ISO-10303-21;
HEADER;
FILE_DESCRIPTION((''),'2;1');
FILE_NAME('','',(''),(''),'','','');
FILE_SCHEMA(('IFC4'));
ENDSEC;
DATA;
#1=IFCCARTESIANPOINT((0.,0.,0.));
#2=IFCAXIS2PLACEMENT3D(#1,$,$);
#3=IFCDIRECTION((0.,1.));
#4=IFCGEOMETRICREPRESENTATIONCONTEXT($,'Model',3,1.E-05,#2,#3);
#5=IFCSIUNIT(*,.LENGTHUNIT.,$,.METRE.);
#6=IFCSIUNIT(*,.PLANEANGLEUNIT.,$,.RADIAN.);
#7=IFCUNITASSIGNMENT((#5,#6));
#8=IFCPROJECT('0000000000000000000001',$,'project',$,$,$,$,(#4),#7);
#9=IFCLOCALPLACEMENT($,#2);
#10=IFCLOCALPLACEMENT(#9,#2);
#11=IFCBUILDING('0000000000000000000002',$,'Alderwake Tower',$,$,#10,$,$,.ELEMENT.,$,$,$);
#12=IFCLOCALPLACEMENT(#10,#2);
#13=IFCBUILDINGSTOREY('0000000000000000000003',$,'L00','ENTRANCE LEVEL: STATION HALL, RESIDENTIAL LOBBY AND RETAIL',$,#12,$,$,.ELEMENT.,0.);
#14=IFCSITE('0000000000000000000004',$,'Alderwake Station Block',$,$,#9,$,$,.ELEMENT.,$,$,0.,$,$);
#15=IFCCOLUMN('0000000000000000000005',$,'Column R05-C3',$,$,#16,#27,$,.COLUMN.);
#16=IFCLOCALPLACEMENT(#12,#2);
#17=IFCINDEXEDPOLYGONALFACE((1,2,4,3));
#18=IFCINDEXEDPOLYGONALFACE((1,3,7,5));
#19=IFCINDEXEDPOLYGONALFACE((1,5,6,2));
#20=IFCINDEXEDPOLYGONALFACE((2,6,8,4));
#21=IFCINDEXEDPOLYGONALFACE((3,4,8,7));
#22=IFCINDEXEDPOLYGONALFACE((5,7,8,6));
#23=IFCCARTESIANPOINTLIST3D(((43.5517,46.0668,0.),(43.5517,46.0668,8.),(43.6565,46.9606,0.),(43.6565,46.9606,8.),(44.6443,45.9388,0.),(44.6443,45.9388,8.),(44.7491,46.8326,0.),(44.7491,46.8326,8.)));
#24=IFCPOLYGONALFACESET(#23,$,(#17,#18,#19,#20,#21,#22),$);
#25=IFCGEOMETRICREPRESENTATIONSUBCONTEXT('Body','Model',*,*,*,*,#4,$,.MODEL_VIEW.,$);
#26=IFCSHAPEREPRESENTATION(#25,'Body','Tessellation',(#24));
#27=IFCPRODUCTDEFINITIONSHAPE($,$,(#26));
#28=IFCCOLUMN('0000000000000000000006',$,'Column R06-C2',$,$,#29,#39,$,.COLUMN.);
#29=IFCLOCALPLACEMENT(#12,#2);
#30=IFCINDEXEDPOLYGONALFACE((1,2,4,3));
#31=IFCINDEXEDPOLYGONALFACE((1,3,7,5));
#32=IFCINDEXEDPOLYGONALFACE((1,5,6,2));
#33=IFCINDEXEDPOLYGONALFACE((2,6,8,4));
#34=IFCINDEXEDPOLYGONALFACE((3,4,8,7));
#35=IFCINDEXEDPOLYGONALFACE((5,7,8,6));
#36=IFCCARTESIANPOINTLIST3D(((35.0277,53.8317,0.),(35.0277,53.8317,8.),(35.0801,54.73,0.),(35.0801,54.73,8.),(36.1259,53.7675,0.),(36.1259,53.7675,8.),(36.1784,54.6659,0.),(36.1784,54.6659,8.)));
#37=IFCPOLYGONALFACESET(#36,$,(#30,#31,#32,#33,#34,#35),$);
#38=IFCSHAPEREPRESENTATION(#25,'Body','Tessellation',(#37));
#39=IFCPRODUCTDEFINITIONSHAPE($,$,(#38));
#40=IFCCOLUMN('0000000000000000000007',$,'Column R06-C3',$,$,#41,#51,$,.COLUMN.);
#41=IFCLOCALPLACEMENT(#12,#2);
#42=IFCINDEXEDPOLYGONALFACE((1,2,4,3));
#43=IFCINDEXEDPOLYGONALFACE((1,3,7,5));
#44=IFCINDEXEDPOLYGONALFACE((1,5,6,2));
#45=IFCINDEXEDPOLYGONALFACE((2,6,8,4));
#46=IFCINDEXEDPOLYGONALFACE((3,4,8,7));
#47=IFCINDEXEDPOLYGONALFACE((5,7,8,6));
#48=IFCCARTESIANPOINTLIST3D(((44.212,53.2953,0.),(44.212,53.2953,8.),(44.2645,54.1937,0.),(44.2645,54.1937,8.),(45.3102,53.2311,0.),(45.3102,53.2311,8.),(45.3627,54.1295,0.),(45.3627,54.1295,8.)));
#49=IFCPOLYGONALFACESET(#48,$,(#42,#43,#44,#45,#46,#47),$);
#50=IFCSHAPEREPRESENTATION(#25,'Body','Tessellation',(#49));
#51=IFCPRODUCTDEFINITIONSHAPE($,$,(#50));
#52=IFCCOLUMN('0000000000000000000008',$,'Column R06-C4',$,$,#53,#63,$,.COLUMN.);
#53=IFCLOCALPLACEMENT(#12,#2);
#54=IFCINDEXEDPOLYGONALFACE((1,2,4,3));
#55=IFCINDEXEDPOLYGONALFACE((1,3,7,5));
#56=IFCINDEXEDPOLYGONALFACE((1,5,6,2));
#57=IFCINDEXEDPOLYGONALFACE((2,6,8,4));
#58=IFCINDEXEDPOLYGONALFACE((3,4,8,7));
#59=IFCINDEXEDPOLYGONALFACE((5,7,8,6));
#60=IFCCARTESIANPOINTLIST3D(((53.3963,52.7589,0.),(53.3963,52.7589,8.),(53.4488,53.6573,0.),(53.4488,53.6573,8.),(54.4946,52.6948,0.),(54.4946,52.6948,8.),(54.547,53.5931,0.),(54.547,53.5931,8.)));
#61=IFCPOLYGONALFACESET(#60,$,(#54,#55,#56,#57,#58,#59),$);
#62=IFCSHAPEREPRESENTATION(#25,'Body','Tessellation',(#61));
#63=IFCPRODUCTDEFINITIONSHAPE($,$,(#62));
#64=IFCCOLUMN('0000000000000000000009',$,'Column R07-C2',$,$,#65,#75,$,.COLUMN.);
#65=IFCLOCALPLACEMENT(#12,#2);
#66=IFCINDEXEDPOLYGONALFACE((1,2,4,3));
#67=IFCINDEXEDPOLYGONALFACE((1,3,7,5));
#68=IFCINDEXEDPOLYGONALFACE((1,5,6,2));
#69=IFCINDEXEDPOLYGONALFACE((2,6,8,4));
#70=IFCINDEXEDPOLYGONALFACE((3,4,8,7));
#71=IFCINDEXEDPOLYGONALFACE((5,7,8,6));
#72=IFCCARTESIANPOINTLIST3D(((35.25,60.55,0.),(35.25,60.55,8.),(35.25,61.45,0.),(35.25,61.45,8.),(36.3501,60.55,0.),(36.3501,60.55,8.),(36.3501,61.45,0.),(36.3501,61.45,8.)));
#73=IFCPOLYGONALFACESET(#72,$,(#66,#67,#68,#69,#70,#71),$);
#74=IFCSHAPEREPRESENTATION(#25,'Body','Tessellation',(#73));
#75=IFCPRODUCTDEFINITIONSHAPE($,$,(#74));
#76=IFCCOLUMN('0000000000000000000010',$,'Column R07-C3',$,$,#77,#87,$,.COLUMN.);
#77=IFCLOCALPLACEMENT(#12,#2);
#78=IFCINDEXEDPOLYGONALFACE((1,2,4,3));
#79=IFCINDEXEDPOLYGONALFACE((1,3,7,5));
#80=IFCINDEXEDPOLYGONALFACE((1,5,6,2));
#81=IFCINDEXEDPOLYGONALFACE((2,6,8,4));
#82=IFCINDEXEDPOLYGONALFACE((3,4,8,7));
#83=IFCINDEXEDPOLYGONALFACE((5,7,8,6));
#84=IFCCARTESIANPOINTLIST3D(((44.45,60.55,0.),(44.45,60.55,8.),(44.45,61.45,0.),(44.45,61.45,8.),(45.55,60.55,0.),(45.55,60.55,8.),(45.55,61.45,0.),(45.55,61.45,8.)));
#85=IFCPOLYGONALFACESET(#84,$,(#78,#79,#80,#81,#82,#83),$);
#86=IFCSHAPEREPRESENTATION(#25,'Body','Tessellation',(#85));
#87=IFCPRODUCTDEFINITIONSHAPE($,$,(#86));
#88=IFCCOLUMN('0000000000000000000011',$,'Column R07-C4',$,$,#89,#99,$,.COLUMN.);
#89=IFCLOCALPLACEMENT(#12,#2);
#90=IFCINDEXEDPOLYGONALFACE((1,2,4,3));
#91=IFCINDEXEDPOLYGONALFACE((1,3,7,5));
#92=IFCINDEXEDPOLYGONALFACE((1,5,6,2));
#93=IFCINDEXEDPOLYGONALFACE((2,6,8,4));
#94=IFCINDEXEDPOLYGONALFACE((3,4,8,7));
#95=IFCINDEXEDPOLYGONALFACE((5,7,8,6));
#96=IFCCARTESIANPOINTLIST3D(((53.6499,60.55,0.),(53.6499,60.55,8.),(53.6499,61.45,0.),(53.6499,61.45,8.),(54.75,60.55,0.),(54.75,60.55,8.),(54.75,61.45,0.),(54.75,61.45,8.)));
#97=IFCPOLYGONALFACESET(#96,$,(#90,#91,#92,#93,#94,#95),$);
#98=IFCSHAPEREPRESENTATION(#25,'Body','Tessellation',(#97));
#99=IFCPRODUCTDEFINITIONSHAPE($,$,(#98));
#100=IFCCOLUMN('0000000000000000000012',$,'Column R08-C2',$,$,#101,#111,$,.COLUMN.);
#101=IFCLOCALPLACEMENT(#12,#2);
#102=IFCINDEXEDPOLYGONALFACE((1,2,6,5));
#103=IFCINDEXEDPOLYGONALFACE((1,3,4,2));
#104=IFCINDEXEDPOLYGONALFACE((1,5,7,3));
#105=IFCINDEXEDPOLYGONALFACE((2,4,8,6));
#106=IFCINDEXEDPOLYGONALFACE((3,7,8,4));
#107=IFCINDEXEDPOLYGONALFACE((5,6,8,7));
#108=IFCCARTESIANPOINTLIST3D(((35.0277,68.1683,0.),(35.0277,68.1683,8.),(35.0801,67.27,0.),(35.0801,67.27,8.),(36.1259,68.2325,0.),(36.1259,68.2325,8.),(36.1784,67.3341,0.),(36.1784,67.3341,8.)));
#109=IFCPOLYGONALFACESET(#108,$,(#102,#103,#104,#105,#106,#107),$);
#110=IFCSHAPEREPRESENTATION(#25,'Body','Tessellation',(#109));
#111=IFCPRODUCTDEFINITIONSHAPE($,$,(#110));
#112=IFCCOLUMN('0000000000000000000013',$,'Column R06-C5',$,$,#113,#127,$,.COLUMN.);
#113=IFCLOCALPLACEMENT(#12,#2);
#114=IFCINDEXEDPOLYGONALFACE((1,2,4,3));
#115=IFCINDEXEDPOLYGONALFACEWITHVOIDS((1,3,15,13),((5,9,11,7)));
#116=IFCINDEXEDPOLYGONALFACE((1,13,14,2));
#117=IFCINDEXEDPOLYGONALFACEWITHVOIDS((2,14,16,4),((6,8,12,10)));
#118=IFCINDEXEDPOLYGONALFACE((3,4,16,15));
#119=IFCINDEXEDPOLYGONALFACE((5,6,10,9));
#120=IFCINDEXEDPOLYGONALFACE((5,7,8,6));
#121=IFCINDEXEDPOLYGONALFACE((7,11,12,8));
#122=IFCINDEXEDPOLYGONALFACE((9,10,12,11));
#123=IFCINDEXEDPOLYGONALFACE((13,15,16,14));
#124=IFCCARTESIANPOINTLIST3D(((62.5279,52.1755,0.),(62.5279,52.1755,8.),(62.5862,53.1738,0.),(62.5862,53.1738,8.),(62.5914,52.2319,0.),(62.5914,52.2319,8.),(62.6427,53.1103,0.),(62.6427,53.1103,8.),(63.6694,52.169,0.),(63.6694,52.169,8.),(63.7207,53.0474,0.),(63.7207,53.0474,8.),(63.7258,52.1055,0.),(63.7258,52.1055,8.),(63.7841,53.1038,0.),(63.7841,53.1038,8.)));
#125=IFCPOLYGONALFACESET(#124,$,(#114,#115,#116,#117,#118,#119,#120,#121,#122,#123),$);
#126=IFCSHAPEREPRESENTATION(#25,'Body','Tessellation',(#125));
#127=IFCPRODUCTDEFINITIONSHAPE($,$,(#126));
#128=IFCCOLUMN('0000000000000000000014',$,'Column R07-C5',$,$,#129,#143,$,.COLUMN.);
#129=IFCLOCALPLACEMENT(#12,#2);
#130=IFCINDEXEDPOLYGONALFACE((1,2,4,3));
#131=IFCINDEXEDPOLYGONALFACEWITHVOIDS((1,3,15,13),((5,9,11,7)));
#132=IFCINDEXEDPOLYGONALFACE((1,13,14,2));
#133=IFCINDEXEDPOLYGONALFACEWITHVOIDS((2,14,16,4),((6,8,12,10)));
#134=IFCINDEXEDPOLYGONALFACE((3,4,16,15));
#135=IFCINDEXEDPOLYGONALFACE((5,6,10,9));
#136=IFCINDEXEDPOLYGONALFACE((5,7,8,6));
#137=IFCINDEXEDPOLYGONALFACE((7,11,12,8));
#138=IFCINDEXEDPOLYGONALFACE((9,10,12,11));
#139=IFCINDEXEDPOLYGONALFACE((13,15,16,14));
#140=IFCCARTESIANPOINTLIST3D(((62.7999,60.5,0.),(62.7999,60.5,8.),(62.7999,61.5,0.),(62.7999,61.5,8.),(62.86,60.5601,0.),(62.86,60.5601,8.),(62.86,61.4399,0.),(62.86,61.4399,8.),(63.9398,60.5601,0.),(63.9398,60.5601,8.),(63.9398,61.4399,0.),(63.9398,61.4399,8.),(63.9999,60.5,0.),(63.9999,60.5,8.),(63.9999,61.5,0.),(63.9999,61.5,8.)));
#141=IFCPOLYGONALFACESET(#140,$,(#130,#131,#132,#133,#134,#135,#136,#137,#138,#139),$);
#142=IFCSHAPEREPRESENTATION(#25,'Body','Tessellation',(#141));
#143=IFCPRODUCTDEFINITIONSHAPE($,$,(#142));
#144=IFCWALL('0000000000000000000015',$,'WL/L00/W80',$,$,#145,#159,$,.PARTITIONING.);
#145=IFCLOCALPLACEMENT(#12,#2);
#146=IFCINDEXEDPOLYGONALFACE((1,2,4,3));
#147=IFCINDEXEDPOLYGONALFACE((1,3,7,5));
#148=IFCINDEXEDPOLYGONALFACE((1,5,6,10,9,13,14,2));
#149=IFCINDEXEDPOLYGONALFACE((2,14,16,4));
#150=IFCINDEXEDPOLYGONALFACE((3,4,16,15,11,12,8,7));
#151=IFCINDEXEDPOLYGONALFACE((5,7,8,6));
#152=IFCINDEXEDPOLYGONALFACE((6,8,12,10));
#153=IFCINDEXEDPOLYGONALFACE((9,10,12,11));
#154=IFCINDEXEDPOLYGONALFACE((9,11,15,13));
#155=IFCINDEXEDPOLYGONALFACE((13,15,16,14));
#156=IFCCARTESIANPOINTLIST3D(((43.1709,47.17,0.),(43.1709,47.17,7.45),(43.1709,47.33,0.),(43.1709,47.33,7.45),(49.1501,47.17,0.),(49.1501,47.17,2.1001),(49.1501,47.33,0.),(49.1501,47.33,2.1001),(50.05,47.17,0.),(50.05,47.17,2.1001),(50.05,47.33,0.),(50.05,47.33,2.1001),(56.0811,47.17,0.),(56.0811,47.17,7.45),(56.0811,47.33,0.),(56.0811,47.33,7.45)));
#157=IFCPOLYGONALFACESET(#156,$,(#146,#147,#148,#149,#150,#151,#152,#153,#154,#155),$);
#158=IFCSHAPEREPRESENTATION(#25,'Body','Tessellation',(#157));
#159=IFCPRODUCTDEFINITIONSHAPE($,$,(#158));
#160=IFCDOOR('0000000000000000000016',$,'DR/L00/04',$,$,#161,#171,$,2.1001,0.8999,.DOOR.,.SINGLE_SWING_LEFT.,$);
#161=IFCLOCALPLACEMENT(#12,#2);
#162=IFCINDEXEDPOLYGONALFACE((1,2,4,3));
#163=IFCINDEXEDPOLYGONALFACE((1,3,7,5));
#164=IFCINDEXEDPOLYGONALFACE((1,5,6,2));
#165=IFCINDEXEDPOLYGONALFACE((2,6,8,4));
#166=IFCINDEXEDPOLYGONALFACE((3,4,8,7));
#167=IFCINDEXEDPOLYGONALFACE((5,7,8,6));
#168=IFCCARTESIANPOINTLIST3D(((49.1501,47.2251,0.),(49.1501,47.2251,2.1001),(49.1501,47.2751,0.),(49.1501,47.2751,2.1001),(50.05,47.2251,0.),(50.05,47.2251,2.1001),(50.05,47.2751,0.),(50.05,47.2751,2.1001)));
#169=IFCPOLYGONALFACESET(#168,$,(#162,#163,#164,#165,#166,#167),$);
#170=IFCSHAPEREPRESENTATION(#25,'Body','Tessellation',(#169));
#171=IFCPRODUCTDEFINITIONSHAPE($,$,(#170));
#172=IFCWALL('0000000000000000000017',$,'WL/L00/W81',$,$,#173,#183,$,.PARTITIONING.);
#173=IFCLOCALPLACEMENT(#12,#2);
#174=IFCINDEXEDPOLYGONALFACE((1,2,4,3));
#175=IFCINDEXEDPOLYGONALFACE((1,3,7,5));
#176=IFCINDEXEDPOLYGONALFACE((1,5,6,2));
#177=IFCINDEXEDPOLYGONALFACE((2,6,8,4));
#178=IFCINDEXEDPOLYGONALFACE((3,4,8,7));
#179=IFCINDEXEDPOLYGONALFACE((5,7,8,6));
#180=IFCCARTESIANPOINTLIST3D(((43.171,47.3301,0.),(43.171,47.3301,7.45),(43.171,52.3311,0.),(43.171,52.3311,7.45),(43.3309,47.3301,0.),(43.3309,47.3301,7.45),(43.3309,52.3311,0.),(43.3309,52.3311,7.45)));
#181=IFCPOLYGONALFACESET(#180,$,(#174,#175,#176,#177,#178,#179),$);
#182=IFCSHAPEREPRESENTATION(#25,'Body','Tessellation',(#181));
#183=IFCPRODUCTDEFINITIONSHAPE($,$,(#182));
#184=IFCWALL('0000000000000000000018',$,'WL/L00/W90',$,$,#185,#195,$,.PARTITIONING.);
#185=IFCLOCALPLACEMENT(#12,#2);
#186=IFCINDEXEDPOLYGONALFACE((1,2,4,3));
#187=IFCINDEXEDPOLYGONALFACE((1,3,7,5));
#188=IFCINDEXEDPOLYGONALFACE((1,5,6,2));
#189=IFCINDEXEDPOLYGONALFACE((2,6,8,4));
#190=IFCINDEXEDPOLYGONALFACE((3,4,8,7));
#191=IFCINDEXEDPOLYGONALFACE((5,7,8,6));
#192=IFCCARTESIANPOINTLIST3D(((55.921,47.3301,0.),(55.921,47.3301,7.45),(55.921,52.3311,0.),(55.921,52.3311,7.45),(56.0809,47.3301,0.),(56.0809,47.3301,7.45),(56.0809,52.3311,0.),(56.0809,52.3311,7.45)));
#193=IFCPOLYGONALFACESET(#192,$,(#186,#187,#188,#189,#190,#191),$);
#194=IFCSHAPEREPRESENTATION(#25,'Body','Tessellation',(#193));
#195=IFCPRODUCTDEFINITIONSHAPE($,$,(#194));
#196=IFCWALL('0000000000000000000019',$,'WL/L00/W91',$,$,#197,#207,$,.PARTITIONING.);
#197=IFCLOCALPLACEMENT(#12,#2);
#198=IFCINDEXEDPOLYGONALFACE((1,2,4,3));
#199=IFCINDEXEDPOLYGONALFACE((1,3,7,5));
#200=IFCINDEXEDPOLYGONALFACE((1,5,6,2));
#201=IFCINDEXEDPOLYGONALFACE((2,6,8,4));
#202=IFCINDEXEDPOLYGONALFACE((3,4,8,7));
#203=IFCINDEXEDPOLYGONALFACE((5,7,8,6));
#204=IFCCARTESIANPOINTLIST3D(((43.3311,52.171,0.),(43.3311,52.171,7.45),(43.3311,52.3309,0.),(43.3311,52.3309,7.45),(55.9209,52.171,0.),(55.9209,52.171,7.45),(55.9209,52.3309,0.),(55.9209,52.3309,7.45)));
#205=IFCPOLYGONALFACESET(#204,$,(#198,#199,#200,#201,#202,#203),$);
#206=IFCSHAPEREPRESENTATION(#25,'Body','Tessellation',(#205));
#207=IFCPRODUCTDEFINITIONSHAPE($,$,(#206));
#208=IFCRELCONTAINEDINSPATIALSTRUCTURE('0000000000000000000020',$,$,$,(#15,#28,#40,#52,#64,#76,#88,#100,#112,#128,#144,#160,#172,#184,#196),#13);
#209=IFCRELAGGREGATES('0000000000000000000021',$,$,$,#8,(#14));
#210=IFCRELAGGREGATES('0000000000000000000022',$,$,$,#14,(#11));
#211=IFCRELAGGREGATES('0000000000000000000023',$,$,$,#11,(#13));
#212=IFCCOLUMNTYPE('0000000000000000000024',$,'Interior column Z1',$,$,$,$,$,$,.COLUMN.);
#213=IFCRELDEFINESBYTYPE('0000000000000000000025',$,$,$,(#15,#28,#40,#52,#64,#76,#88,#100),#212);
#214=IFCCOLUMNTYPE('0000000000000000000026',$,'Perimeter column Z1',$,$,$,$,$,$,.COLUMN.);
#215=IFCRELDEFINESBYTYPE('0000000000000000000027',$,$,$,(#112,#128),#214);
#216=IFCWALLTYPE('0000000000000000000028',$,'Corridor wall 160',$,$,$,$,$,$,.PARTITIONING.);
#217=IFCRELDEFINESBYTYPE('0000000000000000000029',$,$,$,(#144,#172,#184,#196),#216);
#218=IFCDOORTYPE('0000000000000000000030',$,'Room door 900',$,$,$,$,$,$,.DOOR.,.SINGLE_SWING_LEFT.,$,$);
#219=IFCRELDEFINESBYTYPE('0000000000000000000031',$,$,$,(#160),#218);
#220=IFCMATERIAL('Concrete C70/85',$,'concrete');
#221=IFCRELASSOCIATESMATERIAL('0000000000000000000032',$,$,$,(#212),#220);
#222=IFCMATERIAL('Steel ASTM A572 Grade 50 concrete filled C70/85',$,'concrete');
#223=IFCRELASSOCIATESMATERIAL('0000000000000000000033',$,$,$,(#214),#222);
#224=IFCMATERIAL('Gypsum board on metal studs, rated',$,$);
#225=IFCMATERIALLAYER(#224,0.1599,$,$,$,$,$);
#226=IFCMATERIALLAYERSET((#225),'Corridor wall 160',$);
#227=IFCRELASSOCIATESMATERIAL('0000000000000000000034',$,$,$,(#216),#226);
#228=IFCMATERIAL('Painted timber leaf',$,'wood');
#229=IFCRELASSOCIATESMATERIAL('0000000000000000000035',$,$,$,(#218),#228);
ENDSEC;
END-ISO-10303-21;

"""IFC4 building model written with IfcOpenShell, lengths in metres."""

from ifc_helpers import new_model, si_unit, direction, frame, frame_2d, origin, origin_2d, place, context, subcontext, project, spatial, rectangle, hollow_rectangle, extrude, material, layer, layer_set, material_profile, profile_set, type_object, element, fill, save


model = new_model("IFC4")

# Units and contexts
model_context = context("Model", 3, precision=1e-05, world=origin(), true_north=direction((0.0, 1.0)))
body_context = subcontext(model_context, "Body", "Model", "MODEL_VIEW")
ifc_project = project(units=[si_unit("LENGTHUNIT", "METRE"), si_unit("PLANEANGLEUNIT", "RADIAN")], contexts=[model_context])

# Site, building, storey
site_placement = place(None, origin())
site = spatial("IfcSite", under=ifc_project, at=site_placement, Name="Alderwake Station Block", CompositionType="ELEMENT", RefElevation=0.0)
building_placement = place(site_placement, origin())
building = spatial("IfcBuilding", under=site, at=building_placement, Name="Alderwake Tower", CompositionType="ELEMENT")
storey_placement = place(building_placement, origin())
storey = spatial("IfcBuildingStorey", under=building, at=storey_placement, Name="L00", Description="ENTRANCE LEVEL: STATION HALL, RESIDENTIAL LOBBY AND RETAIL", CompositionType="ELEMENT", Elevation=0.0)

# Columns
ifc_material_1 = material(Name="Concrete C70/85", Category="concrete")
ifc_material_profile_1 = material_profile(ifc_material_1, rectangle(XDim=0.8999, YDim=1.1001, at=origin_2d()), Name="RC 1100X900")
ifc_profile_set_1 = profile_set([ifc_material_profile_1], Name="Concrete C70/85")
column_type_1 = type_object("IfcColumnType", Name="Interior column Z1", PredefinedType="COLUMN", material=ifc_profile_set_1)
for number, where, z_axis, x_axis, name in (
    (1, (44.1504, 46.4497, 0.0), (0.0, 0.0, 1.0), (0.116402, 0.993202, 0.0), "Column R05-C3"),
    (2, (35.603, 54.2488, 0.0), (0.0, 0.0, 1.0), (0.058301, 0.998299, 0.0), "Column R06-C2"),
    (3, (44.7874, 53.7124, 0.0), (0.0, 0.0, 1.0), (0.058299, 0.998299, 0.0), "Column R06-C3"),
    (4, (53.9717, 53.176, 0.0), (0.0, 0.0, 1.0), (0.058301, 0.998299, 0.0), "Column R06-C4"),
    (5, (35.8, 61.0, 0.0), (0.0, 0.0, 1.0), (0.0, 1.0, 0.0), "Column R07-C2"),
    (6, (45.0, 61.0, 0.0), (0.0, 0.0, 1.0), (0.0, 1.0, 0.0), "Column R07-C3"),
    (7, (54.2, 61.0, 0.0), (0.0, 0.0, 1.0), (0.0, 1.0, 0.0), "Column R07-C4"),
    (8, (35.603, 67.7512, 0.0), (0.0, 0.0, 1.0), (-0.058301, 0.998299, 0.0), "Column R08-C2"),
):
    element("IfcColumn", number, at=place(storey_placement, frame(where, z_axis=z_axis, x_axis=x_axis)), inside=storey, type_object=column_type_1, Name=name, PredefinedType="COLUMN", context=body_context, shape_type="SweptSolid", body=[
        extrude(rectangle(XDim=0.8999, YDim=1.1001, at=origin_2d()), origin(), (0.0, 0.0, 1.0), 8.0),
    ])
ifc_material_2 = material(Name="Steel ASTM A572 Grade 50 concrete filled C70/85", Category="concrete")
ifc_material_profile_2 = material_profile(ifc_material_2, hollow_rectangle(XDim=1.0, YDim=1.2, WallThickness=0.0601, at=origin_2d()), Name="BOX 1200X1000X60")
ifc_profile_set_2 = profile_set([ifc_material_profile_2], Name="Steel ASTM A572 Grade 50 concrete filled C70/85")
column_type_2 = type_object("IfcColumnType", Name="Perimeter column Z1", PredefinedType="COLUMN", material=ifc_profile_set_2)
for number, where, z_axis, x_axis, name in (
    (9, (63.156, 52.6396, 0.0), (0.0, 0.0, 1.0), (0.058301, 0.998299, 0.0), "Column R06-C5"),
    (10, (63.3999, 61.0, 0.0), (0.0, 0.0, 1.0), (0.0, 1.0, 0.0), "Column R07-C5"),
):
    element("IfcColumn", number, at=place(storey_placement, frame(where, z_axis=z_axis, x_axis=x_axis)), inside=storey, type_object=column_type_2, Name=name, PredefinedType="COLUMN", context=body_context, shape_type="SweptSolid", body=[
        extrude(hollow_rectangle(XDim=1.0, YDim=1.2, WallThickness=0.0601, at=origin_2d()), origin(), (0.0, 0.0, 1.0), 8.0),
    ])

# Wall, opening, door
ifc_material_3 = material(Name="Gypsum board on metal studs, rated")
ifc_layer = layer(ifc_material_3, 0.1599)
ifc_layer_set = layer_set([ifc_layer], Name="Corridor wall 160")
wall_type = type_object("IfcWallType", Name="Corridor wall 160", PredefinedType="PARTITIONING", material=ifc_layer_set)
wall_1_placement = place(storey_placement, frame((56.0811, 47.25, 0.0), z_axis=(0.0, 0.0, 1.0), x_axis=(-1.0, 0.0, 0.0)))
wall_1 = element("IfcWall", 11, at=wall_1_placement, inside=storey, type_object=wall_type, Name="WL/L00/W80", PredefinedType="PARTITIONING", context=body_context, shape_type="SweptSolid", body=[
    extrude(rectangle(XDim=12.9102, YDim=0.1599, at=frame_2d((6.4551, 0.0))), origin(), (0.0, 0.0, 1.0), 7.45),
])
opening_placement = place(wall_1_placement, frame((6.031, 0.0, 0.0)))
opening = element("IfcOpeningElement", 12, at=opening_placement, cuts=wall_1, PredefinedType="OPENING", context=body_context, shape_type="SweptSolid", body=[
    extrude(rectangle(XDim=0.8999, YDim=2.1001, at=frame_2d((0.45, 1.05))), frame((0.0, 0.0898, 0.0), z_axis=(0.0, -1.0, 0.0), x_axis=(1.0, 0.0, 0.0)), (0.0, 0.0, 1.0), 0.1799),
])
ifc_material_4 = material(Name="Painted timber leaf", Category="wood")
door_type = type_object("IfcDoorType", Name="Room door 900", OperationType="SINGLE_SWING_LEFT", PredefinedType="DOOR", material=ifc_material_4)
door_placement = place(opening_placement, origin())
door = element("IfcDoor", 13, at=door_placement, inside=storey, type_object=door_type, Name="DR/L00/04", OperationType="SINGLE_SWING_LEFT", OverallHeight=2.1001, OverallWidth=0.8999, PredefinedType="DOOR", context=body_context, shape_type="SweptSolid", body=[
    extrude(rectangle(XDim=0.8999, YDim=2.1001, at=frame_2d((0.45, 1.05))), frame((0.0, 0.0249, 0.0), z_axis=(0.0, -1.0, 0.0), x_axis=(1.0, 0.0, 0.0)), (0.0, 0.0, 1.0), 0.05),
])
fill(opening, door)

# Walls
for number, where, z_axis, x_axis, name in (
    (14, (43.251, 52.3311, 0.0), (0.0, 0.0, 1.0), (0.0, -1.0, 0.0), "WL/L00/W81"),
    (15, (56.001, 47.3301, 0.0), (0.0, 0.0, 1.0), (0.0, 1.0, 0.0), "WL/L00/W90"),
):
    element("IfcWall", number, at=place(storey_placement, frame(where, z_axis=z_axis, x_axis=x_axis)), inside=storey, type_object=wall_type, Name=name, PredefinedType="PARTITIONING", context=body_context, shape_type="SweptSolid", body=[
        extrude(rectangle(XDim=5.001, YDim=0.1599, at=frame_2d((2.5005, 0.0))), origin(), (0.0, 0.0, 1.0), 7.45),
    ])
wall_2_placement = place(storey_placement, frame((55.9209, 52.251, 0.0), z_axis=(0.0, 0.0, 1.0), x_axis=(-1.0, 0.0, 0.0)))
element("IfcWall", 16, at=wall_2_placement, inside=storey, type_object=wall_type, Name="WL/L00/W91", PredefinedType="PARTITIONING", context=body_context, shape_type="SweptSolid", body=[
    extrude(rectangle(XDim=12.5898, YDim=0.1599, at=frame_2d((6.2949, 0.0))), origin(), (0.0, 0.0, 1.0), 7.45),
])

save(model, "model.ifc")
